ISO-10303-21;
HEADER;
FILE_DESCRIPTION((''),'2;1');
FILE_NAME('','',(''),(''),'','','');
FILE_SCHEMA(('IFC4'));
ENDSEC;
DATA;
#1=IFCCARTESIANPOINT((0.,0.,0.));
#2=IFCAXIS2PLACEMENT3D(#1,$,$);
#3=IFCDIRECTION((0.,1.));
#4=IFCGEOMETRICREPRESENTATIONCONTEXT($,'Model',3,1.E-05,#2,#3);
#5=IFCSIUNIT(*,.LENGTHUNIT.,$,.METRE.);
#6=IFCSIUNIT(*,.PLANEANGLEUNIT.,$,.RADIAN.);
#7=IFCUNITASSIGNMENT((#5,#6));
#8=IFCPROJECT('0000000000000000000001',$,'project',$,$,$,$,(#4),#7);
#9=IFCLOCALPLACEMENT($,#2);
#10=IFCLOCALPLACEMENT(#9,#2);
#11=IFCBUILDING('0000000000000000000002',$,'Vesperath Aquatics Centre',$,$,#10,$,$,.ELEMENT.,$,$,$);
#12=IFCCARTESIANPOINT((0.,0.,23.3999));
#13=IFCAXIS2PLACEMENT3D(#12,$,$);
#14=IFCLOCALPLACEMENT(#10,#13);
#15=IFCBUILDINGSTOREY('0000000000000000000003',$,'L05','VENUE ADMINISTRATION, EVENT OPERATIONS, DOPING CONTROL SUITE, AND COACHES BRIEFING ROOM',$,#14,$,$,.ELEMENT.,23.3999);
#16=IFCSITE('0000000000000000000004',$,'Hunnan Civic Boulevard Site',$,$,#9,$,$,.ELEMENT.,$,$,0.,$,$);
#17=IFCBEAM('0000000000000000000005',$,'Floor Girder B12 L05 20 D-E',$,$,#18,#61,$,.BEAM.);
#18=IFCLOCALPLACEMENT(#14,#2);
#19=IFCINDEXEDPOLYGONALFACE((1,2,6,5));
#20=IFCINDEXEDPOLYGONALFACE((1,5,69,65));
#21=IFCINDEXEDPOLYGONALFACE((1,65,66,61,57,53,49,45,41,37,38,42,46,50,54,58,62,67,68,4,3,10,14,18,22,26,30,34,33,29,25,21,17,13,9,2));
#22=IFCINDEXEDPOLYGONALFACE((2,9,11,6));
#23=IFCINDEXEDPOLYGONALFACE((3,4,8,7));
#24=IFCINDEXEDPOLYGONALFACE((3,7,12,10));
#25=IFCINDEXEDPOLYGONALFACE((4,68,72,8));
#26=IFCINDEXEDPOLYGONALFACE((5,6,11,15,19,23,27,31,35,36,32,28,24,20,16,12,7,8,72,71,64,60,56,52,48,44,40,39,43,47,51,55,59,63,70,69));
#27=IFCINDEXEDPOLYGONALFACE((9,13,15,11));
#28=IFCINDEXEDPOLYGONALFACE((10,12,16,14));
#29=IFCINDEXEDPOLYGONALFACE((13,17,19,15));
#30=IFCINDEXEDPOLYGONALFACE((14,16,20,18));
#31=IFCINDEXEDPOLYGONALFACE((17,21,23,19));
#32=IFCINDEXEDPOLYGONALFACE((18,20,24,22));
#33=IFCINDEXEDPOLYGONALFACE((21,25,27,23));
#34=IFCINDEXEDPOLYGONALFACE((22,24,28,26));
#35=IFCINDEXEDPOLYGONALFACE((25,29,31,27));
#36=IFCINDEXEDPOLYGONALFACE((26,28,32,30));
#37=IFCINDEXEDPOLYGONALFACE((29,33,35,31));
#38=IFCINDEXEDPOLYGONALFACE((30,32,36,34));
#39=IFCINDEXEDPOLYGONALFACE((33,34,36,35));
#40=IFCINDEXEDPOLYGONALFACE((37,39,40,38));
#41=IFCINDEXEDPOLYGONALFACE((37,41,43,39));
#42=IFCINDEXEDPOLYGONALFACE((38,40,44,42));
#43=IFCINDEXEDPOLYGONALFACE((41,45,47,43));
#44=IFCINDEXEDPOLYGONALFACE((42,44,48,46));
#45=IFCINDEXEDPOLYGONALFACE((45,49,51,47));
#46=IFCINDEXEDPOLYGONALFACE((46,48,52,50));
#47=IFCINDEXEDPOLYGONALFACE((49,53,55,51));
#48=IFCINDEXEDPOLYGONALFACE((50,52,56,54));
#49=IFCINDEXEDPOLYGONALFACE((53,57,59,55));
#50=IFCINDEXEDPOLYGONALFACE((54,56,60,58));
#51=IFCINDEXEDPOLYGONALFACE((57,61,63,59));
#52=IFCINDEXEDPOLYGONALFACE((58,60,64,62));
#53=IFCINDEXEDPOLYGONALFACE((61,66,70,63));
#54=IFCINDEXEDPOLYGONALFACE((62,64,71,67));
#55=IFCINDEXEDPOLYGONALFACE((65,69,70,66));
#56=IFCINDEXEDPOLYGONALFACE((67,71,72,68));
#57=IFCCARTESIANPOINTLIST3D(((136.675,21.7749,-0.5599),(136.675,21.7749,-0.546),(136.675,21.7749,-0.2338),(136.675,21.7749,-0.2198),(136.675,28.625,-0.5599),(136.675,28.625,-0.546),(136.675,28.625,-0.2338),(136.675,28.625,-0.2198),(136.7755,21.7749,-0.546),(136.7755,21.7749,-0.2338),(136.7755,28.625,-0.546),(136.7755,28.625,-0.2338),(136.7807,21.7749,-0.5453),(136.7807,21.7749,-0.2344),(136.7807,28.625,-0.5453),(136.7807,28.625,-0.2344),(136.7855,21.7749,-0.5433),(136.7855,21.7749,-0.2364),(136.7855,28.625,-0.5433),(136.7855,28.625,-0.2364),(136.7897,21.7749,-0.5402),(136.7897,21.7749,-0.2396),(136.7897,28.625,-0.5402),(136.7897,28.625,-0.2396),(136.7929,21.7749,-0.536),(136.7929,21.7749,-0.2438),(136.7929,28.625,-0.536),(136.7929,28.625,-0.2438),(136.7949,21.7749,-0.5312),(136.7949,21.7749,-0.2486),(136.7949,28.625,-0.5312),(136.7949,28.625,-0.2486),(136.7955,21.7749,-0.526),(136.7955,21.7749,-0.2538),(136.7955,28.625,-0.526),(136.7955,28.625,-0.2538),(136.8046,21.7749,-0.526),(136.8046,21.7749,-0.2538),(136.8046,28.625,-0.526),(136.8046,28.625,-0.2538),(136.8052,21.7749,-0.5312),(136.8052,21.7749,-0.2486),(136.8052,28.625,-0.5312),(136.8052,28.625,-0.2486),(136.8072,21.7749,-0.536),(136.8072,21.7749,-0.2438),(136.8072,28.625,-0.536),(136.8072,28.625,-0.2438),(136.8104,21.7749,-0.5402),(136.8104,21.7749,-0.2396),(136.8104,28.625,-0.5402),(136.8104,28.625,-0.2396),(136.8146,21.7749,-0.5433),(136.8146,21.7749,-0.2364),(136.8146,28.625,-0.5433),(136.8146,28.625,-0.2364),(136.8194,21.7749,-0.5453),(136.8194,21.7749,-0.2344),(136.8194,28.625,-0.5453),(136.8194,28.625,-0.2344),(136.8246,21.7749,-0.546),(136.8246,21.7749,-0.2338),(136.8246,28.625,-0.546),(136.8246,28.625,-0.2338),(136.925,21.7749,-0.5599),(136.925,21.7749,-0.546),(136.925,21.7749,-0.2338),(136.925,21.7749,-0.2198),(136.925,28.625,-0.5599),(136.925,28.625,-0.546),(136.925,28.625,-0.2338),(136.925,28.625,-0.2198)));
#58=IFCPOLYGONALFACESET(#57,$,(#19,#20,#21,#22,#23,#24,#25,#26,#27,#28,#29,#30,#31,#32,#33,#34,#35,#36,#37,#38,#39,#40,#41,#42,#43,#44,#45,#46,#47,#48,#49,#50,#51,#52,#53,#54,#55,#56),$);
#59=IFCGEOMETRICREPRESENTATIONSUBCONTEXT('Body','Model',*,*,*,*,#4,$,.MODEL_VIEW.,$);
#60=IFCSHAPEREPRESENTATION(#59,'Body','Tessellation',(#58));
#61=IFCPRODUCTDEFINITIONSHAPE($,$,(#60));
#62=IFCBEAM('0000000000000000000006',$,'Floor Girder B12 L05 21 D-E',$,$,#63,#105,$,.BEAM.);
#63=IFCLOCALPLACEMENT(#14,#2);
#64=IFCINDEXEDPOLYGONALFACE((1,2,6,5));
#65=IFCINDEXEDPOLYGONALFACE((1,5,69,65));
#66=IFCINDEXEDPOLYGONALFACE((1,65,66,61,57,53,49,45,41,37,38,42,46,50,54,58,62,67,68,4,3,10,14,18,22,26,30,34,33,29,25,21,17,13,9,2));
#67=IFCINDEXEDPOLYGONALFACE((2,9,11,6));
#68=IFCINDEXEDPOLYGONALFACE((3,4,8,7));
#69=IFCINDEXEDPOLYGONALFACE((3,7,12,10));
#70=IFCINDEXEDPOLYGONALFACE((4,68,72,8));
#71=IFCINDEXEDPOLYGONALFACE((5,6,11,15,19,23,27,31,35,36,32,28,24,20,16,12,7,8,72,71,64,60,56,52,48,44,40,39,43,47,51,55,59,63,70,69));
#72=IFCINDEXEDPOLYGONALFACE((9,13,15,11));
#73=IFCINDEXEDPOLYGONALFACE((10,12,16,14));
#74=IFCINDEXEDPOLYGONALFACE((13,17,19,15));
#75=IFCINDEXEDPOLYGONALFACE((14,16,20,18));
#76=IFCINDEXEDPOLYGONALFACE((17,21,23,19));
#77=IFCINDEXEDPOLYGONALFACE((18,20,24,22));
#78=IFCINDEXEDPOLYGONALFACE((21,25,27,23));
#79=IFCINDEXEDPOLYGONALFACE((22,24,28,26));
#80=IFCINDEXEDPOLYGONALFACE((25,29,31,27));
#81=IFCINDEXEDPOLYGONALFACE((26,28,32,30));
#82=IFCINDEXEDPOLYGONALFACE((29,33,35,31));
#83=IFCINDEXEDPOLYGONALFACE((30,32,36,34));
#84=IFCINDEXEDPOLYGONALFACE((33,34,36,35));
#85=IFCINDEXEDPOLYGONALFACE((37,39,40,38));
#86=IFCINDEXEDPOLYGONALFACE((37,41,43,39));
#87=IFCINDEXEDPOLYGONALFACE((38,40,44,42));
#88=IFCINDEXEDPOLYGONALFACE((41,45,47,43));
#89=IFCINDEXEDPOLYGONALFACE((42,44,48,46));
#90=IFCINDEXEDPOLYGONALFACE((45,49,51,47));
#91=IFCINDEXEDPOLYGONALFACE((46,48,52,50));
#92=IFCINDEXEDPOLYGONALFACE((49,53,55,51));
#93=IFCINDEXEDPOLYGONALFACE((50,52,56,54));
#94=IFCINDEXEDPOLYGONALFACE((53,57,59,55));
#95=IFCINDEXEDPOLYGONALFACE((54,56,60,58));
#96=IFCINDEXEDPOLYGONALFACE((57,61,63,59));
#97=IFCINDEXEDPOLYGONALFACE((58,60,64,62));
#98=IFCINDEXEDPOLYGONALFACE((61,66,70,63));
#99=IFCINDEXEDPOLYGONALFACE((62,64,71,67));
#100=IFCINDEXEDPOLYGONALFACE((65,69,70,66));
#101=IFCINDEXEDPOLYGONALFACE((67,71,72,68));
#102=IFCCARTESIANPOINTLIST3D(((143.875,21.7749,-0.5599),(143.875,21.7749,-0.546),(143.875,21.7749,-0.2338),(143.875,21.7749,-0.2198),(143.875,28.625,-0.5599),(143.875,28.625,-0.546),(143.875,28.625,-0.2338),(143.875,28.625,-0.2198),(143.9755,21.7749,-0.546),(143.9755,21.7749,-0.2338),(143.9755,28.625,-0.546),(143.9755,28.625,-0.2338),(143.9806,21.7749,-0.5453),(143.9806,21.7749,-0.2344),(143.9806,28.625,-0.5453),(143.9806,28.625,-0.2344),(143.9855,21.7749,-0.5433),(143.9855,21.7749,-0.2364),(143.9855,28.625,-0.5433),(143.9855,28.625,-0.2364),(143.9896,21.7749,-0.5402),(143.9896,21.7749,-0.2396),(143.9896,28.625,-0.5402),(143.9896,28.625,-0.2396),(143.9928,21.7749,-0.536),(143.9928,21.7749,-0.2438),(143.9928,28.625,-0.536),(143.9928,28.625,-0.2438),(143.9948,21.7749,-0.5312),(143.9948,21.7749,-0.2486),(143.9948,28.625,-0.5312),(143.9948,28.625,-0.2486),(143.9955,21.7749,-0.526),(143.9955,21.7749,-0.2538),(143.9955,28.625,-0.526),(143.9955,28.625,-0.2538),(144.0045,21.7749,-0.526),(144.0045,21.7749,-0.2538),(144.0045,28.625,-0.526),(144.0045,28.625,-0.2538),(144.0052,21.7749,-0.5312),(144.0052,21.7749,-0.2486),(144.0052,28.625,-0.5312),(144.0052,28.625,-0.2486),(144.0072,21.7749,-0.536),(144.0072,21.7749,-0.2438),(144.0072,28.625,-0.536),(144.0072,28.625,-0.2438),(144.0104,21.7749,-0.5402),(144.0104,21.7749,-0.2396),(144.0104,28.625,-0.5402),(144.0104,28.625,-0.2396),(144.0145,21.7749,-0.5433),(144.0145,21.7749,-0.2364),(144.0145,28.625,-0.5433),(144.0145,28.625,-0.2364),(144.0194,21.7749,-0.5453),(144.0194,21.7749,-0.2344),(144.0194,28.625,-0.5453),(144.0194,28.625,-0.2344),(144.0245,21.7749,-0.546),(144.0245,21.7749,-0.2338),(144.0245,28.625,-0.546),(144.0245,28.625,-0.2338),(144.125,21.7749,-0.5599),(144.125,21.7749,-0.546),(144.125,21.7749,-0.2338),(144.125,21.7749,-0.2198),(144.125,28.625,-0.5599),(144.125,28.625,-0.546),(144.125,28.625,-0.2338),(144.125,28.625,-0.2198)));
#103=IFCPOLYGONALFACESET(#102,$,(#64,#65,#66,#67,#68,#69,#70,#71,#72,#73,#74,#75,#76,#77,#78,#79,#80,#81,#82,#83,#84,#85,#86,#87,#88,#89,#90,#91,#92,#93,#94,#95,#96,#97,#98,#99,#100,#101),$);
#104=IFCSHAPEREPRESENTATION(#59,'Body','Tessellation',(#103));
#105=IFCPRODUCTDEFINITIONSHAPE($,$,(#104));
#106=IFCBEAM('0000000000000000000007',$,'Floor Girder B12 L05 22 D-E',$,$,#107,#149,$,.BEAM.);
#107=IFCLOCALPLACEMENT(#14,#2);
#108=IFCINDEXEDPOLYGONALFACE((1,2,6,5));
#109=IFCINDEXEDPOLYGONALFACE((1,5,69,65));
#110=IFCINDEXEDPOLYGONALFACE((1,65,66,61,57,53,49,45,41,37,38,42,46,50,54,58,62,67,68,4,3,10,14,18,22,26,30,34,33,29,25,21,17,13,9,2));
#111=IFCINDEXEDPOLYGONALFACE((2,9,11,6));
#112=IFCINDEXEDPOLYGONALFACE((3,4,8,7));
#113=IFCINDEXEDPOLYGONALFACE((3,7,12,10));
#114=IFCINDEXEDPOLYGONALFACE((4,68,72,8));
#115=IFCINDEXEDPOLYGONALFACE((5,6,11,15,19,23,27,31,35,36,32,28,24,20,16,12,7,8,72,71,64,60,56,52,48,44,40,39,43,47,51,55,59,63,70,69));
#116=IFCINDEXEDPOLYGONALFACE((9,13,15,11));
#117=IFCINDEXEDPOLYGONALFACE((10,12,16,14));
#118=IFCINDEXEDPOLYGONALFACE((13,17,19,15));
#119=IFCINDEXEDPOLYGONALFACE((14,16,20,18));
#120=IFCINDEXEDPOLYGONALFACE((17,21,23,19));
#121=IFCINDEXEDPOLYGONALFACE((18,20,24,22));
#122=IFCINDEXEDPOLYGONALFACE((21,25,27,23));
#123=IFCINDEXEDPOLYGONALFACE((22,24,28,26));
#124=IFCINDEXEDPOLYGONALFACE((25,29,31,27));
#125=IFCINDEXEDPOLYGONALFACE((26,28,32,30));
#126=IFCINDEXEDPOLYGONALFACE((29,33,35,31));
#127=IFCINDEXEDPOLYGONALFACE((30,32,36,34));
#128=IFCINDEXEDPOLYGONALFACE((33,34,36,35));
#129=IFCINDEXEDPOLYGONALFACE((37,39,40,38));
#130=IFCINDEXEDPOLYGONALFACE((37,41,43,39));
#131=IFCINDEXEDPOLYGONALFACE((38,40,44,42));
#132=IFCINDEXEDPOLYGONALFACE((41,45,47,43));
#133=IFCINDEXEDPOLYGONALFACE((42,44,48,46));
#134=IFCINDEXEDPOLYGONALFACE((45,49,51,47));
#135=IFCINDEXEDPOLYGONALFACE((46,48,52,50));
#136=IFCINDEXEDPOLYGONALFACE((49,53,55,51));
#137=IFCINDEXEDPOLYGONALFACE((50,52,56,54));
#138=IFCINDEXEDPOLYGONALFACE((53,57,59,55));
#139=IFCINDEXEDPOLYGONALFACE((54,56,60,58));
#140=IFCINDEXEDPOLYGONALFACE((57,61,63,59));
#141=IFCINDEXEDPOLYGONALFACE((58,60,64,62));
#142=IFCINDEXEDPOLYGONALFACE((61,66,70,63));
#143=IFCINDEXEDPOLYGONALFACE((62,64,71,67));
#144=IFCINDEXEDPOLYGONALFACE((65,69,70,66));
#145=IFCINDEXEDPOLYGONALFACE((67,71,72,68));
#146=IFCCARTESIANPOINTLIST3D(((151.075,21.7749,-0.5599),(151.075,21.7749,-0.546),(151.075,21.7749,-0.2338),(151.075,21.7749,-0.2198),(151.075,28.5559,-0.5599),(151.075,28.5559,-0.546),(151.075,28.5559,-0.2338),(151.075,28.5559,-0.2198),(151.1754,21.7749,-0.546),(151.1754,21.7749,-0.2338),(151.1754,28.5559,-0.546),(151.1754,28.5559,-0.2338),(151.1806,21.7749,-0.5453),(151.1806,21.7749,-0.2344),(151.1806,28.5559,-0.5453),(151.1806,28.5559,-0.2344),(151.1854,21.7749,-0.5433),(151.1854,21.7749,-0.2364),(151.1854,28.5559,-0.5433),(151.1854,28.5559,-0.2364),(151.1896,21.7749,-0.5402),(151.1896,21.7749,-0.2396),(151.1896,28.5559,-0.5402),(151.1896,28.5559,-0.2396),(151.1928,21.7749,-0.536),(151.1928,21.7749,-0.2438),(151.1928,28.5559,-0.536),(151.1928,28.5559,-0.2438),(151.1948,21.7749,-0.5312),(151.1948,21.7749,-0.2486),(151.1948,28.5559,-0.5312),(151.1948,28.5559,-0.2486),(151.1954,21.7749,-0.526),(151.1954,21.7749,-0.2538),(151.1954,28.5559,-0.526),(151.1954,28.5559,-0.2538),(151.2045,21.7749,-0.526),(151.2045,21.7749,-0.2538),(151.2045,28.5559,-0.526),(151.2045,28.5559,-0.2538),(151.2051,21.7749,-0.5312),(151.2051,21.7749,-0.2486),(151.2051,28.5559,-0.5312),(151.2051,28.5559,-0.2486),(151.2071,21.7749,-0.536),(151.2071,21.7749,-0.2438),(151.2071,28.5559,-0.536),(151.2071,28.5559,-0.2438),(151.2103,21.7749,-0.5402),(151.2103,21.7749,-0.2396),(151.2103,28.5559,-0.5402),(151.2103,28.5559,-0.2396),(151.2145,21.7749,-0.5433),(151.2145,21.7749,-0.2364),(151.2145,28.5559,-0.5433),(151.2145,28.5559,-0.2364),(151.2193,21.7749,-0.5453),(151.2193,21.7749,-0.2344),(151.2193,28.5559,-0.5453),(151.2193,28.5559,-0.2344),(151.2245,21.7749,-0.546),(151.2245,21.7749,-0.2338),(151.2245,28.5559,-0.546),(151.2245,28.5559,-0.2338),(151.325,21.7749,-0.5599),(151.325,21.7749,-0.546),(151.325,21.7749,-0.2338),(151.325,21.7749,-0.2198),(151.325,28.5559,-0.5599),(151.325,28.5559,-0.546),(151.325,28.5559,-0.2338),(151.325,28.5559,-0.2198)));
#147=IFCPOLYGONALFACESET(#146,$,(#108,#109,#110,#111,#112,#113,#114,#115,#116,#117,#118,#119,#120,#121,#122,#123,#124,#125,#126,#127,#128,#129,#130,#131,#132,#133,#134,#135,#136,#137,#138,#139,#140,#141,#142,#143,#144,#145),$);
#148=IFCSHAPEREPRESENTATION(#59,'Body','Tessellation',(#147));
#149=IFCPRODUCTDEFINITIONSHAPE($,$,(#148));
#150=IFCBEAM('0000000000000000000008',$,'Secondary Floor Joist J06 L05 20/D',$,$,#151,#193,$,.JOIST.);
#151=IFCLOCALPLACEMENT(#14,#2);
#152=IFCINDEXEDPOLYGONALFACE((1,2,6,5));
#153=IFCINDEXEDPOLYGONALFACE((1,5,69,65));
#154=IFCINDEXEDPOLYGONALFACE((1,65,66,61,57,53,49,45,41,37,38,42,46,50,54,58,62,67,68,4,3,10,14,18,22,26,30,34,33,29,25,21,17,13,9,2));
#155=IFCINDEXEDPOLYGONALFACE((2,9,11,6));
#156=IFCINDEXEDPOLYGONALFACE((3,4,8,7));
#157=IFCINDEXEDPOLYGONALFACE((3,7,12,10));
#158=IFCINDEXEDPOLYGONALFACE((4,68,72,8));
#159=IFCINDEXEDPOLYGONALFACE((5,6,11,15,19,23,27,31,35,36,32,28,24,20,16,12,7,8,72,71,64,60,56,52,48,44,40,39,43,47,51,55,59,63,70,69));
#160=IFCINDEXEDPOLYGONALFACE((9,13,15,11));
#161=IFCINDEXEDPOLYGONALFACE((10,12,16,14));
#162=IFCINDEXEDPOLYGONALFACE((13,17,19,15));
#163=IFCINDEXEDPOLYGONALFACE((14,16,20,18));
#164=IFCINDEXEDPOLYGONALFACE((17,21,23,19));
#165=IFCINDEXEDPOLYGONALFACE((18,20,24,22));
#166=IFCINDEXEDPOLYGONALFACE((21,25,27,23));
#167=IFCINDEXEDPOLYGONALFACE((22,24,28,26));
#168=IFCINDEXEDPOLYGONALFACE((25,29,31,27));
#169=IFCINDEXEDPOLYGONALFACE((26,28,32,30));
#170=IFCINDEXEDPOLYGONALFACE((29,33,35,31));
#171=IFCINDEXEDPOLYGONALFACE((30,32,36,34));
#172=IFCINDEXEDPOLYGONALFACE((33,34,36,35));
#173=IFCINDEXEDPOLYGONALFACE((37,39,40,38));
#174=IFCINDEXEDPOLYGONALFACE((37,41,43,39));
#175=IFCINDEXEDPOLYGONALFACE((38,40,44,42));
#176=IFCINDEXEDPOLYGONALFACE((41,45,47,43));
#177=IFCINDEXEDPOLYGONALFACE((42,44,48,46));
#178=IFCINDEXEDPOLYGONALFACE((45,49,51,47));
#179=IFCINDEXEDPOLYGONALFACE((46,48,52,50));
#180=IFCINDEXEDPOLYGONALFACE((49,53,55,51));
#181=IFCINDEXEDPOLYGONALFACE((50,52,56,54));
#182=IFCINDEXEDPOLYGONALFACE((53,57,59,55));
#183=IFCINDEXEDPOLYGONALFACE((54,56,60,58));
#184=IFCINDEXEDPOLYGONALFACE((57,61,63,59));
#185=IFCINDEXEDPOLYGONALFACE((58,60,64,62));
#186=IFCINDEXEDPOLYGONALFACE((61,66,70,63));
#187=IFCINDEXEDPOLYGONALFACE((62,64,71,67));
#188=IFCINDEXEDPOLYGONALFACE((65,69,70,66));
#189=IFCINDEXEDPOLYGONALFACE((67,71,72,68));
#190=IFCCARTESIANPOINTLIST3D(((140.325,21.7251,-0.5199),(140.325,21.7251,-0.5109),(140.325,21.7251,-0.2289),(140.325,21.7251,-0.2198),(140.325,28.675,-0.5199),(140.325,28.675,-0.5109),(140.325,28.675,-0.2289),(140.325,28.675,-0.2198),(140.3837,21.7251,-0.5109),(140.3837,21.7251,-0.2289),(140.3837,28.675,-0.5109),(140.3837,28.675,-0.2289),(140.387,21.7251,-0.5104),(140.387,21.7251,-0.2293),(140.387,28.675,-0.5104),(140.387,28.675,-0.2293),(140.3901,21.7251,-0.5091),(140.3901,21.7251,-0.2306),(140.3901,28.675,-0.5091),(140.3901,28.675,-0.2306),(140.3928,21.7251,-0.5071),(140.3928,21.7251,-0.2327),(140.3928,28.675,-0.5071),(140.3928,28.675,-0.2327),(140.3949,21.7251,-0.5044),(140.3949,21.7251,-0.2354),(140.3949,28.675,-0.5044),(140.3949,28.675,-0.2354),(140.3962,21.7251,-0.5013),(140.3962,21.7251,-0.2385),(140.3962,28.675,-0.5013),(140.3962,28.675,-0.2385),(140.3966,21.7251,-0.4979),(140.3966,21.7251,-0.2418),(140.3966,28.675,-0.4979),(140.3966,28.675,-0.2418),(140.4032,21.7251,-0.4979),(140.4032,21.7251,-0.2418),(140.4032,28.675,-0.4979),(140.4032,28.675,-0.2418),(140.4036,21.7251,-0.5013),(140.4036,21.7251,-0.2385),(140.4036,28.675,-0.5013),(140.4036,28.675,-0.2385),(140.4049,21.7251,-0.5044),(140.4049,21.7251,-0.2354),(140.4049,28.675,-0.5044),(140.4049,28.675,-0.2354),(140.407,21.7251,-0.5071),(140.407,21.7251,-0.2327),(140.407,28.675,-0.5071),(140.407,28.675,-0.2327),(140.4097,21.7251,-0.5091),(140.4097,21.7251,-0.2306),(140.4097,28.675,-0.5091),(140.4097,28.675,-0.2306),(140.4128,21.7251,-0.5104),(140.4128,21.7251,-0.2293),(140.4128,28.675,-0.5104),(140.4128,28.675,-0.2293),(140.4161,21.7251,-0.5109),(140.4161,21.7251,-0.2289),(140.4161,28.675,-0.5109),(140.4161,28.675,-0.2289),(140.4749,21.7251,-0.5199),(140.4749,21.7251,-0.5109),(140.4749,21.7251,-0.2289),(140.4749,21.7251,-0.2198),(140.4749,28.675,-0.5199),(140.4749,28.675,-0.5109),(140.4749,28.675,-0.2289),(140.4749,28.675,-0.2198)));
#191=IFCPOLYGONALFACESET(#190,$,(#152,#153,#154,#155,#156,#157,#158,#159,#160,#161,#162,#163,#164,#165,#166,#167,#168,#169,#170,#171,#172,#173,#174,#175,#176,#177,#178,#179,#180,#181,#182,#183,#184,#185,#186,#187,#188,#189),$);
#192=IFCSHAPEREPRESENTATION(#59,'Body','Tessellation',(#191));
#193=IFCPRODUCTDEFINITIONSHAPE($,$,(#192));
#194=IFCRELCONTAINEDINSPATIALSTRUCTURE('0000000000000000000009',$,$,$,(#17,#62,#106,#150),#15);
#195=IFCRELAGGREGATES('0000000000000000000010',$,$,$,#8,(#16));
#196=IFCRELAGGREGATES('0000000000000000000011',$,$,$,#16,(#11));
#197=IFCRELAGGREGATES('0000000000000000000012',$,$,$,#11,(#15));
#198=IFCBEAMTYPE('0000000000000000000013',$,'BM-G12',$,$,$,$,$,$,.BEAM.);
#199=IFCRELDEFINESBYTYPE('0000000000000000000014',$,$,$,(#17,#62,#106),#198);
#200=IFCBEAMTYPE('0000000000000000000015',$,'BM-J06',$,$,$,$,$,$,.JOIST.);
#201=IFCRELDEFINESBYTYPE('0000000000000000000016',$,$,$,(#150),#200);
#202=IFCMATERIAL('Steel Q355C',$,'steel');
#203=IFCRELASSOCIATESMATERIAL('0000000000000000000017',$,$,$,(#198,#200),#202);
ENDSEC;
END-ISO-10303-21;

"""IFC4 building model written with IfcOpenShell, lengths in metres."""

from ifc_helpers import new_model, si_unit, direction, frame, origin, origin_2d, place, context, subcontext, project, spatial, i_section, extrude, material, material_profile, profile_set, type_object, element, save


model = new_model("IFC4")

# Units and contexts
model_context = context("Model", 3, precision=1e-05, world=origin(), true_north=direction((0.0, 1.0)))
body_context = subcontext(model_context, "Body", "Model", "MODEL_VIEW")
ifc_project = project(units=[si_unit("LENGTHUNIT", "METRE"), si_unit("PLANEANGLEUNIT", "RADIAN")], contexts=[model_context])

# Site, building, storey
site_placement = place(None, origin())
site = spatial("IfcSite", under=ifc_project, at=site_placement, Name="Hunnan Civic Boulevard Site", CompositionType="ELEMENT", RefElevation=0.0)
building_placement = place(site_placement, origin())
building = spatial("IfcBuilding", under=site, at=building_placement, Name="Vesperath Aquatics Centre", CompositionType="ELEMENT")
storey_placement = place(building_placement, frame((0.0, 0.0, 23.3999)))
storey = spatial("IfcBuildingStorey", under=building, at=storey_placement, Name="L05", Description="VENUE ADMINISTRATION, EVENT OPERATIONS, DOPING CONTROL SUITE, AND COACHES BRIEFING ROOM", CompositionType="ELEMENT", Elevation=23.3999)

# Shared definitions
ifc_material_1 = material(Name="Steel Q355C", Category="steel")

# Beams
ifc_material_profile_1 = material_profile(ifc_material_1, i_section(OverallWidth=0.25, OverallDepth=0.3401, WebThickness=0.009, FlangeThickness=0.0139, FilletRadius=0.02, at=origin_2d()), Name="HM 340x250x9x14")
ifc_profile_set_1 = profile_set([ifc_material_profile_1], Name="Steel Q355C")
beam_type_1 = type_object("IfcBeamType", Name="BM-G12", PredefinedType="BEAM", material=ifc_profile_set_1)
for number, where, z_axis, x_axis, name in (
    (1, (136.8, 21.7749, -0.3899), (0.0, 1.0, 0.0), (-1.0, 0.0, 0.0), "Floor Girder B12 L05 20 D-E"),
    (2, (144.0, 21.7749, -0.3899), (0.0, 1.0, 0.0), (-1.0, 0.0, 0.0), "Floor Girder B12 L05 21 D-E"),
):
    element("IfcBeam", number, at=place(storey_placement, frame(where, z_axis=z_axis, x_axis=x_axis)), inside=storey, type_object=beam_type_1, Name=name, PredefinedType="BEAM", context=body_context, shape_type="SweptSolid", body=[
        extrude(i_section(OverallWidth=0.25, OverallDepth=0.3401, WebThickness=0.009, FlangeThickness=0.0139, FilletRadius=0.02, at=origin_2d()), origin(), (0.0, 0.0, 1.0), 6.8501),
    ])
beam_1_placement = place(storey_placement, frame((151.2, 21.7749, -0.3899), z_axis=(0.0, 1.0, 0.0), x_axis=(-1.0, 0.0, 0.0)))
element("IfcBeam", 3, at=beam_1_placement, inside=storey, type_object=beam_type_1, Name="Floor Girder B12 L05 22 D-E", PredefinedType="BEAM", context=body_context, shape_type="SweptSolid", body=[
    extrude(i_section(OverallWidth=0.25, OverallDepth=0.3401, WebThickness=0.009, FlangeThickness=0.0139, FilletRadius=0.02, at=origin_2d()), origin(), (0.0, 0.0, 1.0), 6.781),
])
ifc_material_profile_2 = material_profile(ifc_material_1, i_section(OverallWidth=0.1499, OverallDepth=0.3, WebThickness=0.0066, FlangeThickness=0.009, FilletRadius=0.0129, at=origin_2d()), Name="HN 300x150x6.5x9")
ifc_profile_set_2 = profile_set([ifc_material_profile_2], Name="Steel Q355C")
beam_type_2 = type_object("IfcBeamType", Name="BM-J06", PredefinedType="JOIST", material=ifc_profile_set_2)
for number, where, z_axis, x_axis, name in (
    (4, (140.3999, 21.7251, -0.3699), (0.0, 1.0, 0.0), (-1.0, 0.0, 0.0), "Secondary Floor Joist J06 L05 20/D"),
):
    element("IfcBeam", number, at=place(storey_placement, frame(where, z_axis=z_axis, x_axis=x_axis)), inside=storey, type_object=beam_type_2, Name=name, PredefinedType="JOIST", context=body_context, shape_type="SweptSolid", body=[
        extrude(i_section(OverallWidth=0.1499, OverallDepth=0.3, WebThickness=0.0066, FlangeThickness=0.009, FilletRadius=0.0129, at=origin_2d()), origin(), (0.0, 0.0, 1.0), 6.95),
    ])

save(model, "model.ifc")
